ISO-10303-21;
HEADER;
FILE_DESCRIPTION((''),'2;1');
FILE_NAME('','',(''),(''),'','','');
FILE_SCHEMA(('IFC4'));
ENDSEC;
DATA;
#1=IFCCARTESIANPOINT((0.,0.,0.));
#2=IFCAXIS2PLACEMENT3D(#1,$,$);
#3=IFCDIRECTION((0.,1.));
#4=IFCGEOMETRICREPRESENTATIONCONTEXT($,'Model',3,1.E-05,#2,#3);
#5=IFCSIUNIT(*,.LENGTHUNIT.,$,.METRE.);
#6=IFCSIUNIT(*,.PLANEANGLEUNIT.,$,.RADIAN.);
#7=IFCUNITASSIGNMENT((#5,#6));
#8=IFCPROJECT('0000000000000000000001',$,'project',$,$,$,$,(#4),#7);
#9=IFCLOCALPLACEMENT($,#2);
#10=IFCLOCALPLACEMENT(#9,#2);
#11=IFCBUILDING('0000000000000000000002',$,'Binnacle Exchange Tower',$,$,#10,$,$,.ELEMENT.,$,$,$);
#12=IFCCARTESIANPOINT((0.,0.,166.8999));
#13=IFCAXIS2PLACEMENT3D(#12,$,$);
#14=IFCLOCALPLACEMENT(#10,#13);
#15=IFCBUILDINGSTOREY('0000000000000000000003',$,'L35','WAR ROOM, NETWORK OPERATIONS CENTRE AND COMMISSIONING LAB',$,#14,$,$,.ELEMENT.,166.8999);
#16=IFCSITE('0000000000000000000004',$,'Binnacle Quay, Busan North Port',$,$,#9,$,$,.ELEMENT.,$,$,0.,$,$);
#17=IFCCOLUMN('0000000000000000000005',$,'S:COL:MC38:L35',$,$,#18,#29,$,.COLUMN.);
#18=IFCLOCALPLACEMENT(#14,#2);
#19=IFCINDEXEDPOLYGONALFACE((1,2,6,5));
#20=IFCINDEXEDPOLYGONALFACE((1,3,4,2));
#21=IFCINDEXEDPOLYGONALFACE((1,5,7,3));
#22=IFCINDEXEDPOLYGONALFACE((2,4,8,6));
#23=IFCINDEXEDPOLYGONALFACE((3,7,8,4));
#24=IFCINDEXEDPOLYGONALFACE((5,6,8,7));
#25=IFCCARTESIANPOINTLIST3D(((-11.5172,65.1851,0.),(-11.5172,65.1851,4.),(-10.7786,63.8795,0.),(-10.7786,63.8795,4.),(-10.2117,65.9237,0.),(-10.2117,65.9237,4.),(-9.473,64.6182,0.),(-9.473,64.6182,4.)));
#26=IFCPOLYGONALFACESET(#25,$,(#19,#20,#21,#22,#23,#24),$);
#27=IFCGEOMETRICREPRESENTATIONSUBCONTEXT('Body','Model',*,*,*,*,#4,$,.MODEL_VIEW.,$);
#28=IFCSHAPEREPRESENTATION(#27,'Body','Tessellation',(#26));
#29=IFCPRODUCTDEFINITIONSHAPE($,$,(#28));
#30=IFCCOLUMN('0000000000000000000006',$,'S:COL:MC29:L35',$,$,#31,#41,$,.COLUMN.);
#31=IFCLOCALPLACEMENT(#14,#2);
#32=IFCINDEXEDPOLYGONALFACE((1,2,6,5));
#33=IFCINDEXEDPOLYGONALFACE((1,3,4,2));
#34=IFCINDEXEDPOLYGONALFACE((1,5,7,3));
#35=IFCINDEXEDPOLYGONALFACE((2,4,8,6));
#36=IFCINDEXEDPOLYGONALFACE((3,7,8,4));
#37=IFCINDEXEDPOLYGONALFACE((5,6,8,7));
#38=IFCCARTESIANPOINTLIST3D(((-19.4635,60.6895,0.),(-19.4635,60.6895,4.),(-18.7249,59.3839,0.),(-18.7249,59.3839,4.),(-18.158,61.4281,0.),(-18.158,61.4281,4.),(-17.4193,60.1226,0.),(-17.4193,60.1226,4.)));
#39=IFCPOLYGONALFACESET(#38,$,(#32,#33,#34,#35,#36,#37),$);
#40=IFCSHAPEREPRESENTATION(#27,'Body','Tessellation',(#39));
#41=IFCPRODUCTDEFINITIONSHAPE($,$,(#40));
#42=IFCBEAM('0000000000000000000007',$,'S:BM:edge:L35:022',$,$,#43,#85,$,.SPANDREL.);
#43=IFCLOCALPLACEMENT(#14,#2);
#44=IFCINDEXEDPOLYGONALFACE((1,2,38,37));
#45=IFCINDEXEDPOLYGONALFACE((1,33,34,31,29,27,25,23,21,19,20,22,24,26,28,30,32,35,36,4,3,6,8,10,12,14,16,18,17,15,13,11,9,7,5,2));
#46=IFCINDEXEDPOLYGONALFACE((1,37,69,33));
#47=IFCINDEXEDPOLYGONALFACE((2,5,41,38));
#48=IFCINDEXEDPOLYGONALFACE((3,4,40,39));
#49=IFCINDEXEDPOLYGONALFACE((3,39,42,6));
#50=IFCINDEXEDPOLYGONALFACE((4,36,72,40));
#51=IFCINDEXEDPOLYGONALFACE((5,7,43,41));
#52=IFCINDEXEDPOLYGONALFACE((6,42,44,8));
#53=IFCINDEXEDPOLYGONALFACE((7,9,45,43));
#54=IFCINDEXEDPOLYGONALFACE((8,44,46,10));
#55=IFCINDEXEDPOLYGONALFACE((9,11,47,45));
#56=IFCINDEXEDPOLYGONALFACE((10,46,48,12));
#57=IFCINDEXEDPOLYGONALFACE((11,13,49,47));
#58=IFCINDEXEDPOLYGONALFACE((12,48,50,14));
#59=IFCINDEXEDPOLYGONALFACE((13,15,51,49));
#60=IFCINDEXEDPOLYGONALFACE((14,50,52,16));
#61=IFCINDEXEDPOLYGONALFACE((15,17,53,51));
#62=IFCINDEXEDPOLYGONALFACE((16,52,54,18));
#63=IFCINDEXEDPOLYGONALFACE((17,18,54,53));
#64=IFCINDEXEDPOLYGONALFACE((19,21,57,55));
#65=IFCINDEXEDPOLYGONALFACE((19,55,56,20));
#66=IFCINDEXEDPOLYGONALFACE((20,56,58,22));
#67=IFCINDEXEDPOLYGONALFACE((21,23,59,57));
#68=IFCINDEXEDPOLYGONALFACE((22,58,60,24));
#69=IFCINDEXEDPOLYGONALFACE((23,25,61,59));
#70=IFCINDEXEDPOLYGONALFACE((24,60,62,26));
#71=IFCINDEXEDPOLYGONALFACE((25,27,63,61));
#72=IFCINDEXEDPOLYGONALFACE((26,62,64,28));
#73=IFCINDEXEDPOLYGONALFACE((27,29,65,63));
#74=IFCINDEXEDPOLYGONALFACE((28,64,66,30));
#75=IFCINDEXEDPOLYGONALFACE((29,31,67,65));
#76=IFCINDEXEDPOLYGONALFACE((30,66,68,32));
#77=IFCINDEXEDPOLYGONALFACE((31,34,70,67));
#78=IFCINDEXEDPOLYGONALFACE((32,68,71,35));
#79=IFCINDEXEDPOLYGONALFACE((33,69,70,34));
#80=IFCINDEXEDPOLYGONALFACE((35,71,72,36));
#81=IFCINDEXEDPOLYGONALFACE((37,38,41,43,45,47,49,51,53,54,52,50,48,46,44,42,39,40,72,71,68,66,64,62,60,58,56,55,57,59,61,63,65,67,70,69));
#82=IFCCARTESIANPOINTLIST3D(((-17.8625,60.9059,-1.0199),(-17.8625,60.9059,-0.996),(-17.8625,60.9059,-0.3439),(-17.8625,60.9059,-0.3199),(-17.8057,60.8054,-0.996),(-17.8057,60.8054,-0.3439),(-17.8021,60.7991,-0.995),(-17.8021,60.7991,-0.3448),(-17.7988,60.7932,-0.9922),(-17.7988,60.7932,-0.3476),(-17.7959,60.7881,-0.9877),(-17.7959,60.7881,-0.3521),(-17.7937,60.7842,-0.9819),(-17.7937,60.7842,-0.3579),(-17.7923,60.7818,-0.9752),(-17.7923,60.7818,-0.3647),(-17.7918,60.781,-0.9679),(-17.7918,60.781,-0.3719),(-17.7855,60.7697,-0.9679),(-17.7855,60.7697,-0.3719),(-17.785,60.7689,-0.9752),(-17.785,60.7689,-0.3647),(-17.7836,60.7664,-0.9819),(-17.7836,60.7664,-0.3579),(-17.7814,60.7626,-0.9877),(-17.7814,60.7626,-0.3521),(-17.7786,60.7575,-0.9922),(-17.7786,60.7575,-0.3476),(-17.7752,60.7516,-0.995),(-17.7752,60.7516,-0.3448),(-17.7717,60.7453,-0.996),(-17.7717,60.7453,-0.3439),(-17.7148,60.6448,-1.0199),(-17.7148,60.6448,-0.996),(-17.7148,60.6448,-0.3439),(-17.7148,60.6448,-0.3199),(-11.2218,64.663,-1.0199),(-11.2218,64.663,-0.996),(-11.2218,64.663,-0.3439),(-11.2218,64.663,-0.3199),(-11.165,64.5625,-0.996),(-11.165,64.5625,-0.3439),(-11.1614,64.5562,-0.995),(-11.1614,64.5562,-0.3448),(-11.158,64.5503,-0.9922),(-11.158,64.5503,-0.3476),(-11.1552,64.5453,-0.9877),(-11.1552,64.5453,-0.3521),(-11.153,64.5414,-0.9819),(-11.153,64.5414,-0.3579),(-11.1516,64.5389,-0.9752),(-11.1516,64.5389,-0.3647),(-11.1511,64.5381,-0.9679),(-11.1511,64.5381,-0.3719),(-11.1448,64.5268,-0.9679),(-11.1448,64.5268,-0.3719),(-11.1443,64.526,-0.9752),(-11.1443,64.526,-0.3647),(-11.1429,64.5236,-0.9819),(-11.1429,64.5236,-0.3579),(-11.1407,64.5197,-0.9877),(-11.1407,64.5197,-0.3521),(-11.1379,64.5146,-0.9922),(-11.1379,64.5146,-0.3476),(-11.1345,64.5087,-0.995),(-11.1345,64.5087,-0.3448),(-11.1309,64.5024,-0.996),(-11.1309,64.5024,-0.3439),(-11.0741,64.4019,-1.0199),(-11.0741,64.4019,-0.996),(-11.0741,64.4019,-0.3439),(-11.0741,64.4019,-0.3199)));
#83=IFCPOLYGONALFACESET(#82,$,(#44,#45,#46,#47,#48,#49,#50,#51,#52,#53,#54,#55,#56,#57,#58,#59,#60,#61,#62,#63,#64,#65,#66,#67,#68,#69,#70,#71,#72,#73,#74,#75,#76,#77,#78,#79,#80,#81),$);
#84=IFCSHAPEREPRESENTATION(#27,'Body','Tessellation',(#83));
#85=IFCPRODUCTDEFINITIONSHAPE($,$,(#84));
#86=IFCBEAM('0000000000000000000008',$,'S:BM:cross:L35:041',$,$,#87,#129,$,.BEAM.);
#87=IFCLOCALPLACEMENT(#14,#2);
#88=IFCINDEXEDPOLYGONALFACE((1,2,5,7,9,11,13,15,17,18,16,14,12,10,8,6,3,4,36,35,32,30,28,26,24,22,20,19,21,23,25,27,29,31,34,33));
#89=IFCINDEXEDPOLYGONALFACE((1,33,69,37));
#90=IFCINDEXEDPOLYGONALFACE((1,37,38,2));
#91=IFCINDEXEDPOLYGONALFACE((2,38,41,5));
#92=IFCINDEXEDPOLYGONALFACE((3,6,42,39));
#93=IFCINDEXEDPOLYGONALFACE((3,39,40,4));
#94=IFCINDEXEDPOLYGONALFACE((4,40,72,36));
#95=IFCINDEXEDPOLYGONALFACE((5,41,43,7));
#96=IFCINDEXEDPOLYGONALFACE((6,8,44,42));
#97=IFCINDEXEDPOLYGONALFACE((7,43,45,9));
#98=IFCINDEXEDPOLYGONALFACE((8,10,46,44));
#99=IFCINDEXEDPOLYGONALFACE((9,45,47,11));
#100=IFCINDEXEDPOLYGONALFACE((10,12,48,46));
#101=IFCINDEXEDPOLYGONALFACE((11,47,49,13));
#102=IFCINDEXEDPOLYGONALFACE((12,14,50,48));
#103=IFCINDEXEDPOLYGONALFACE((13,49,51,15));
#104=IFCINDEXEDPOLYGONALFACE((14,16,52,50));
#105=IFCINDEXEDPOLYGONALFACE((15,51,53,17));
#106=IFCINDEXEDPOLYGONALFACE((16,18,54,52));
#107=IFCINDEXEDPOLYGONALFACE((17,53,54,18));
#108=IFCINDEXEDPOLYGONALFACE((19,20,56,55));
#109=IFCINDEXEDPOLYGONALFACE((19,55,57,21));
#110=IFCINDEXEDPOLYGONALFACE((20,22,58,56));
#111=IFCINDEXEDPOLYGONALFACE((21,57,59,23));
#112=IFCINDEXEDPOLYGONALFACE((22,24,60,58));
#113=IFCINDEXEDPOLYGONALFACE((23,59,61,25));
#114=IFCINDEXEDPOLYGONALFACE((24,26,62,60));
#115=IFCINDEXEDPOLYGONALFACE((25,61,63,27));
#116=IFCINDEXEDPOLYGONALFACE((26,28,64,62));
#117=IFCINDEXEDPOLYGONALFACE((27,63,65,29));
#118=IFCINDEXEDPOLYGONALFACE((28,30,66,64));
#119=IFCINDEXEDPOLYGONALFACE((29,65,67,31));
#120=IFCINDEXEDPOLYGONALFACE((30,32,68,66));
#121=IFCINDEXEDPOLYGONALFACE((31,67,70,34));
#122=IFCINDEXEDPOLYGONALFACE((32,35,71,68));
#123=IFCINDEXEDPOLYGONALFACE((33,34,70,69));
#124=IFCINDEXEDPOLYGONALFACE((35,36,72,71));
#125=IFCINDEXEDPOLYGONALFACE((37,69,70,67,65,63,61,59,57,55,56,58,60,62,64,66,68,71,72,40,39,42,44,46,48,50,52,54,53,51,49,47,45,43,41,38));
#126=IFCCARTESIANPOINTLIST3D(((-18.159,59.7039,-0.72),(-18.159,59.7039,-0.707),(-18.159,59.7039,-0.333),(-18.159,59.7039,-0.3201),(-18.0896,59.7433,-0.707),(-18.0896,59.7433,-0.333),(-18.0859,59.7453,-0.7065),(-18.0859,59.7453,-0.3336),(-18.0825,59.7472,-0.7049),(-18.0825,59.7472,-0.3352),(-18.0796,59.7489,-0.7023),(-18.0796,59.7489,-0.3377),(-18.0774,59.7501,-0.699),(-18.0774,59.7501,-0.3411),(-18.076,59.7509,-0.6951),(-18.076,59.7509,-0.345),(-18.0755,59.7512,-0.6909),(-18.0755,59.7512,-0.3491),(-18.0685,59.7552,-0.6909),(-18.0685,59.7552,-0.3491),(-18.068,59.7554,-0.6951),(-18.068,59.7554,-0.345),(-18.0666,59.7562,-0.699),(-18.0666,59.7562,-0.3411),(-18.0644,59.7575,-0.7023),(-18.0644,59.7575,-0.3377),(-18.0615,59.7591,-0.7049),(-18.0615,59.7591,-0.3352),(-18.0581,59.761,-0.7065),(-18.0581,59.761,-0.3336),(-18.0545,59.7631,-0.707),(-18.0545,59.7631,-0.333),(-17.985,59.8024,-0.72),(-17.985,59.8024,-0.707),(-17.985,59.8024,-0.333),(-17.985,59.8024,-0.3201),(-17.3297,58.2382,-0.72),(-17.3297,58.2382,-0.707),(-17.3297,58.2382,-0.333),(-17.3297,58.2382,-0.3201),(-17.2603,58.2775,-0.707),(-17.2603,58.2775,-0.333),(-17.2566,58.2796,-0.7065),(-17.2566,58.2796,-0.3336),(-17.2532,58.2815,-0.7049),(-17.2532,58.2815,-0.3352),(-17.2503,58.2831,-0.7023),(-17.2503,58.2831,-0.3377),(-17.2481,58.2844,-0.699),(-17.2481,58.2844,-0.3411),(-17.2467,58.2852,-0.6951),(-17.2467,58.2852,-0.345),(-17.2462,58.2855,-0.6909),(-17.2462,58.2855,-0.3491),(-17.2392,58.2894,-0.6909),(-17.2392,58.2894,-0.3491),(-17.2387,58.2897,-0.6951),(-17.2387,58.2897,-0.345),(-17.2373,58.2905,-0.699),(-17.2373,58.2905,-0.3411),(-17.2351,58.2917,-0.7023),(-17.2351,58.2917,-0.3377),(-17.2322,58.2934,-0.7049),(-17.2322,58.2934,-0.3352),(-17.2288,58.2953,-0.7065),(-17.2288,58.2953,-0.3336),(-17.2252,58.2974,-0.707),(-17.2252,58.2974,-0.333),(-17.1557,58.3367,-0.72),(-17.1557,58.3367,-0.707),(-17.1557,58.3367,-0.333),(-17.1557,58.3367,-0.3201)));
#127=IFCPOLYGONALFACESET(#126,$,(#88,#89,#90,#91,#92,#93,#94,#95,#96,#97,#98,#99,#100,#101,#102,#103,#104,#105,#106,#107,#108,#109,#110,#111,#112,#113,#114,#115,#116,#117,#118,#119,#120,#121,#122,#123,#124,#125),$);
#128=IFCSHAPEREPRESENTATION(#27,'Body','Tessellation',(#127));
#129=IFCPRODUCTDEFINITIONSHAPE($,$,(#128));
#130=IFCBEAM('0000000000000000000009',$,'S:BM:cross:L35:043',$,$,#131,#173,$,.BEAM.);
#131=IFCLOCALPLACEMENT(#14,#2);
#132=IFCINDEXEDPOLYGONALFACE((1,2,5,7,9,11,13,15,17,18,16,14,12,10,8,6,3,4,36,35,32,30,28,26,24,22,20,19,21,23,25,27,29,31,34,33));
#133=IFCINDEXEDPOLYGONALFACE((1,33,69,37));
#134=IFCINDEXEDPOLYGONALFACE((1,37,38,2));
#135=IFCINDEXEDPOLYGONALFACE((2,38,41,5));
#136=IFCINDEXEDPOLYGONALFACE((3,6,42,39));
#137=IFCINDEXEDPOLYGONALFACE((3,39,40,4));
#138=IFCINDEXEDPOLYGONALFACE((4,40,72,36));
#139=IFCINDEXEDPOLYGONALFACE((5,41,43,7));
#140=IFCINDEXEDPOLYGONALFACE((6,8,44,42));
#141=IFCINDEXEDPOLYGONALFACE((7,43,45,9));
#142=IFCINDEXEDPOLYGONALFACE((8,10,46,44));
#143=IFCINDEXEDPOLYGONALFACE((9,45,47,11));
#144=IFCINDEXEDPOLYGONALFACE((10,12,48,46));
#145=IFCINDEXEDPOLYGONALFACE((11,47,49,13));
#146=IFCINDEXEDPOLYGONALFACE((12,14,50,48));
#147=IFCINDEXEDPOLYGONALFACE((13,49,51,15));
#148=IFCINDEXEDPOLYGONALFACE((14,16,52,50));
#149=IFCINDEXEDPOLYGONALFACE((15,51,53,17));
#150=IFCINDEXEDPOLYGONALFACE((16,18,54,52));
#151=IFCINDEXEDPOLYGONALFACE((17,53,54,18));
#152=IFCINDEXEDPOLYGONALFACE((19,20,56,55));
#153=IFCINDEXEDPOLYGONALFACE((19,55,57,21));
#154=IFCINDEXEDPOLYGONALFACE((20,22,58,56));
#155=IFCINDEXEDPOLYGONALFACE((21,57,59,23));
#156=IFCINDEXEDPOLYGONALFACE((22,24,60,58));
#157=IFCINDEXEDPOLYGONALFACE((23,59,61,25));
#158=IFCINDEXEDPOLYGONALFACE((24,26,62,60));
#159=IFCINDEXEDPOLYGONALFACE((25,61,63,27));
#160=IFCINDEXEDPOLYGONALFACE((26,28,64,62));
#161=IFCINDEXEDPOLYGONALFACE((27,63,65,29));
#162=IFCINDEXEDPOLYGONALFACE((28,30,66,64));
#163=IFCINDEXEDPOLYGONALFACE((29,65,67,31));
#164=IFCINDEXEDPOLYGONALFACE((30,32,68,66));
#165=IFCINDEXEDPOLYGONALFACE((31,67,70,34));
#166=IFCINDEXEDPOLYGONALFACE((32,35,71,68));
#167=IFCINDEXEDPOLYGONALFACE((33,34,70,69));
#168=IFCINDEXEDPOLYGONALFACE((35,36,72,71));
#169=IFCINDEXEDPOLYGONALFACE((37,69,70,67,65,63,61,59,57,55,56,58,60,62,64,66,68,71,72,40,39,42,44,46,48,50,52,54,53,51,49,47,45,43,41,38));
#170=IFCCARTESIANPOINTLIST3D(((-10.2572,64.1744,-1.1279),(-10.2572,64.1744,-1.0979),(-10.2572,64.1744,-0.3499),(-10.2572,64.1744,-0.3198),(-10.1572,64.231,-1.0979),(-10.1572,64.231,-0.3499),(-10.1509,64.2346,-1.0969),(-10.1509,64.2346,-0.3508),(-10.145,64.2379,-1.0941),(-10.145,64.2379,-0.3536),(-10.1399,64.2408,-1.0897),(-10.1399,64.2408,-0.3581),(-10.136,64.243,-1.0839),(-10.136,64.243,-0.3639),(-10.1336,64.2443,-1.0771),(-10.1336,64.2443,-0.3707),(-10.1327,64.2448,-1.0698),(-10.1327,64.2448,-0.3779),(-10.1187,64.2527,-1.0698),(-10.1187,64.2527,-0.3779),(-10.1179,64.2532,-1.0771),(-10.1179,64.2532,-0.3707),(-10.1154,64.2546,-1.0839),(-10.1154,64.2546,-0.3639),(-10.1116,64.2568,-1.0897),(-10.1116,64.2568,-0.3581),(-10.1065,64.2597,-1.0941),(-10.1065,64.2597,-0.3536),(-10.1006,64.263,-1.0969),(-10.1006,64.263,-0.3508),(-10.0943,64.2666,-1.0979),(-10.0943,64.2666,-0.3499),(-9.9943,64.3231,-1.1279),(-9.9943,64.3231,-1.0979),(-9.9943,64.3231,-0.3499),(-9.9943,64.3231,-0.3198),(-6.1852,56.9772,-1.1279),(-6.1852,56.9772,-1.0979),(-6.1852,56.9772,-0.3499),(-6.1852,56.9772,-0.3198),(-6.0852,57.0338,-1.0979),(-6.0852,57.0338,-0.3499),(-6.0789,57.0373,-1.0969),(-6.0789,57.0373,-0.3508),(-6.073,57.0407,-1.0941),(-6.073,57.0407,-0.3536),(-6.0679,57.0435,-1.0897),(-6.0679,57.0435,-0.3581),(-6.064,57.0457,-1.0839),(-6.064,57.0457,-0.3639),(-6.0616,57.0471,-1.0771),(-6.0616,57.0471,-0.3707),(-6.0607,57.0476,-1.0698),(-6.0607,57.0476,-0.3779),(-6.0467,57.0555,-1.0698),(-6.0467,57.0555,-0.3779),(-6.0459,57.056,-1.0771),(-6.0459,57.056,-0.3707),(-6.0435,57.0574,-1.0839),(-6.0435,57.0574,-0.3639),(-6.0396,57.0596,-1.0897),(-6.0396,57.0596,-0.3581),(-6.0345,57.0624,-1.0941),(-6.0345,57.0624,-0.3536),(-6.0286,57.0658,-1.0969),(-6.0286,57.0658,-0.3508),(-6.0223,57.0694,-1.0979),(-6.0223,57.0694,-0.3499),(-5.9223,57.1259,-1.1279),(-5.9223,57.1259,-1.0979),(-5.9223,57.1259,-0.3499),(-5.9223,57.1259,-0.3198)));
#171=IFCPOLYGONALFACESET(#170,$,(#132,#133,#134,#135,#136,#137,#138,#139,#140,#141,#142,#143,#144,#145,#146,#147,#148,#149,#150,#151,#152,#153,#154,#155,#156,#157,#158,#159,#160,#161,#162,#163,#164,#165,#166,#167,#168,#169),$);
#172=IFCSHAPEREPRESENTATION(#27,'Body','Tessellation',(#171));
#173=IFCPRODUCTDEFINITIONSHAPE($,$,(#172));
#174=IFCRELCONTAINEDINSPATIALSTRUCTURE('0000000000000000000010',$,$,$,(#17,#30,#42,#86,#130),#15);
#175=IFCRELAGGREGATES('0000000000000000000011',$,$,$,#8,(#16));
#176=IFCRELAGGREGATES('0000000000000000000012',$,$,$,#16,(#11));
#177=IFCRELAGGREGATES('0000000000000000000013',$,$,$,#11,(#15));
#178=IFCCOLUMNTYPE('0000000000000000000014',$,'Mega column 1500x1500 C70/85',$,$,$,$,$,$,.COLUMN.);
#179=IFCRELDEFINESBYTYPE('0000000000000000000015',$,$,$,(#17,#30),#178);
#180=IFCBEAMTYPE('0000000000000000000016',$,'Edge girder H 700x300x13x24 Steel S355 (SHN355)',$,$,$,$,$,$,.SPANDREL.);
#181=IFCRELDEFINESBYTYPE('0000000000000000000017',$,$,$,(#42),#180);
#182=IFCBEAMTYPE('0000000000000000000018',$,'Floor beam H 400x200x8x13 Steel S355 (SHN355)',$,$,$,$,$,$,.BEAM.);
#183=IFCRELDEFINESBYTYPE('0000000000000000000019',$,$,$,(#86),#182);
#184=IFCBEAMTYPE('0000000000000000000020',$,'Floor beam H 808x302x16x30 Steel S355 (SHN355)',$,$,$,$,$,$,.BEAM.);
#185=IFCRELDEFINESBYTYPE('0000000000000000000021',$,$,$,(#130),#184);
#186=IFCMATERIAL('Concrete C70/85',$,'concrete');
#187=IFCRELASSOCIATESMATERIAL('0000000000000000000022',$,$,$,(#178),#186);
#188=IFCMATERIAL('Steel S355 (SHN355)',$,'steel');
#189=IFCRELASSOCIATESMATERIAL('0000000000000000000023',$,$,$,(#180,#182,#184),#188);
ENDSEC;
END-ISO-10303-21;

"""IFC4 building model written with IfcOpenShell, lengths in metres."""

from ifc_helpers import new_model, si_unit, direction, frame, origin, origin_2d, place, context, subcontext, project, spatial, rectangle, i_section, extrude, material, material_profile, profile_set, type_object, element, save


model = new_model("IFC4")

# Units and contexts
model_context = context("Model", 3, precision=1e-05, world=origin(), true_north=direction((0.0, 1.0)))
body_context = subcontext(model_context, "Body", "Model", "MODEL_VIEW")
ifc_project = project(units=[si_unit("LENGTHUNIT", "METRE"), si_unit("PLANEANGLEUNIT", "RADIAN")], contexts=[model_context])

# Site, building, storey
site_placement = place(None, origin())
site = spatial("IfcSite", under=ifc_project, at=site_placement, Name="Binnacle Quay, Busan North Port", CompositionType="ELEMENT", RefElevation=0.0)
building_placement = place(site_placement, origin())
building = spatial("IfcBuilding", under=site, at=building_placement, Name="Binnacle Exchange Tower", CompositionType="ELEMENT")
storey_placement = place(building_placement, frame((0.0, 0.0, 166.8999)))
storey = spatial("IfcBuildingStorey", under=building, at=storey_placement, Name="L35", Description="WAR ROOM, NETWORK OPERATIONS CENTRE AND COMMISSIONING LAB", CompositionType="ELEMENT", Elevation=166.8999)

# Columns
ifc_material_1 = material(Name="Concrete C70/85", Category="concrete")
ifc_material_profile_1 = material_profile(ifc_material_1, rectangle(XDim=1.5, YDim=1.5, at=origin_2d()), Name="Mega column 1500x1500 C70/85")
ifc_profile_set_1 = profile_set([ifc_material_profile_1], Name="Concrete C70/85")
column_type = type_object("IfcColumnType", Name="Mega column 1500x1500 C70/85", PredefinedType="COLUMN", material=ifc_profile_set_1)
for number, where, z_axis, x_axis, name in (
    (1, (-10.4951, 64.9016, 0.0), (0.0, 0.0, 1.0), (-0.870356, -0.492424, 0.0), "S:COL:MC38:L35"),
    (2, (-18.4414, 60.406, 0.0), (0.0, 0.0, 1.0), (-0.870356, -0.492424, 0.0), "S:COL:MC29:L35"),
):
    element("IfcColumn", number, at=place(storey_placement, frame(where, z_axis=z_axis, x_axis=x_axis)), inside=storey, type_object=column_type, Name=name, PredefinedType="COLUMN", context=body_context, shape_type="SweptSolid", body=[
        extrude(rectangle(XDim=1.5, YDim=1.5, at=origin_2d()), origin(), (0.0, 0.0, 1.0), 4.0),
    ])

# Beams
ifc_material_2 = material(Name="Steel S355 (SHN355)", Category="steel")
ifc_material_profile_2 = material_profile(ifc_material_2, i_section(OverallWidth=0.3, OverallDepth=0.7, WebThickness=0.0129, FlangeThickness=0.0239, FilletRadius=0.0281, at=origin_2d()), Name="H 700x300x13x24")
ifc_profile_set_2 = profile_set([ifc_material_profile_2], Name="Steel S355 (SHN355)")
beam_type_1 = type_object("IfcBeamType", Name="Edge girder H 700x300x13x24 Steel S355 (SHN355)", PredefinedType="SPANDREL", material=ifc_profile_set_2)
beam_1_placement = place(storey_placement, frame((-11.1479, 64.5325, -0.6699), z_axis=(-0.870356, -0.492423, 0.0), x_axis=(0.492423, -0.870356, 0.0)))
element("IfcBeam", 3, at=beam_1_placement, inside=storey, type_object=beam_type_1, Name="S:BM:edge:L35:022", PredefinedType="SPANDREL", context=body_context, shape_type="SweptSolid", body=[
    extrude(i_section(OverallWidth=0.3, OverallDepth=0.7, WebThickness=0.0129, FlangeThickness=0.0239, FilletRadius=0.0281, at=origin_2d()), origin(), (0.0, 0.0, 1.0), 7.6299),
])
ifc_material_profile_3 = material_profile(ifc_material_2, i_section(OverallWidth=0.2, OverallDepth=0.3999, WebThickness=0.0081, FlangeThickness=0.0129, FilletRadius=0.0161, at=origin_2d()), Name="H 400x200x8x13")
ifc_profile_set_3 = profile_set([ifc_material_profile_3], Name="Steel S355 (SHN355)")
beam_type_2 = type_object("IfcBeamType", Name="Floor beam H 400x200x8x13 Steel S355 (SHN355)", PredefinedType="BEAM", material=ifc_profile_set_3)
beam_2_placement = place(storey_placement, frame((-18.072, 59.7532, -0.52), z_axis=(0.492435, -0.870349, 0.0), x_axis=(0.870349, 0.492435, 0.0)))
element("IfcBeam", 4, at=beam_2_placement, inside=storey, type_object=beam_type_2, Name="S:BM:cross:L35:041", PredefinedType="BEAM", context=body_context, shape_type="SweptSolid", body=[
    extrude(i_section(OverallWidth=0.2, OverallDepth=0.3999, WebThickness=0.0081, FlangeThickness=0.0129, FilletRadius=0.0161, at=origin_2d()), origin(), (0.0, 0.0, 1.0), 1.6841),
])
ifc_material_profile_4 = material_profile(ifc_material_2, i_section(OverallWidth=0.302, OverallDepth=0.8081, WebThickness=0.0161, FlangeThickness=0.03, FilletRadius=0.0281, at=origin_2d()), Name="H 808x302x16x30")
ifc_profile_set_4 = profile_set([ifc_material_profile_4], Name="Steel S355 (SHN355)")
beam_type_3 = type_object("IfcBeamType", Name="Floor beam H 808x302x16x30 Steel S355 (SHN355)", PredefinedType="BEAM", material=ifc_profile_set_4)
beam_3_placement = place(storey_placement, frame((-10.1257, 64.2488, -0.7239), z_axis=(0.492424, -0.870355, 0.0), x_axis=(0.870355, 0.492424, 0.0)))
element("IfcBeam", 5, at=beam_3_placement, inside=storey, type_object=beam_type_3, Name="S:BM:cross:L35:043", PredefinedType="BEAM", context=body_context, shape_type="SweptSolid", body=[
    extrude(i_section(OverallWidth=0.302, OverallDepth=0.8081, WebThickness=0.0161, FlangeThickness=0.03, FilletRadius=0.0281, at=origin_2d()), origin(), (0.0, 0.0, 1.0), 8.2693),
])

save(model, "model.ifc")
